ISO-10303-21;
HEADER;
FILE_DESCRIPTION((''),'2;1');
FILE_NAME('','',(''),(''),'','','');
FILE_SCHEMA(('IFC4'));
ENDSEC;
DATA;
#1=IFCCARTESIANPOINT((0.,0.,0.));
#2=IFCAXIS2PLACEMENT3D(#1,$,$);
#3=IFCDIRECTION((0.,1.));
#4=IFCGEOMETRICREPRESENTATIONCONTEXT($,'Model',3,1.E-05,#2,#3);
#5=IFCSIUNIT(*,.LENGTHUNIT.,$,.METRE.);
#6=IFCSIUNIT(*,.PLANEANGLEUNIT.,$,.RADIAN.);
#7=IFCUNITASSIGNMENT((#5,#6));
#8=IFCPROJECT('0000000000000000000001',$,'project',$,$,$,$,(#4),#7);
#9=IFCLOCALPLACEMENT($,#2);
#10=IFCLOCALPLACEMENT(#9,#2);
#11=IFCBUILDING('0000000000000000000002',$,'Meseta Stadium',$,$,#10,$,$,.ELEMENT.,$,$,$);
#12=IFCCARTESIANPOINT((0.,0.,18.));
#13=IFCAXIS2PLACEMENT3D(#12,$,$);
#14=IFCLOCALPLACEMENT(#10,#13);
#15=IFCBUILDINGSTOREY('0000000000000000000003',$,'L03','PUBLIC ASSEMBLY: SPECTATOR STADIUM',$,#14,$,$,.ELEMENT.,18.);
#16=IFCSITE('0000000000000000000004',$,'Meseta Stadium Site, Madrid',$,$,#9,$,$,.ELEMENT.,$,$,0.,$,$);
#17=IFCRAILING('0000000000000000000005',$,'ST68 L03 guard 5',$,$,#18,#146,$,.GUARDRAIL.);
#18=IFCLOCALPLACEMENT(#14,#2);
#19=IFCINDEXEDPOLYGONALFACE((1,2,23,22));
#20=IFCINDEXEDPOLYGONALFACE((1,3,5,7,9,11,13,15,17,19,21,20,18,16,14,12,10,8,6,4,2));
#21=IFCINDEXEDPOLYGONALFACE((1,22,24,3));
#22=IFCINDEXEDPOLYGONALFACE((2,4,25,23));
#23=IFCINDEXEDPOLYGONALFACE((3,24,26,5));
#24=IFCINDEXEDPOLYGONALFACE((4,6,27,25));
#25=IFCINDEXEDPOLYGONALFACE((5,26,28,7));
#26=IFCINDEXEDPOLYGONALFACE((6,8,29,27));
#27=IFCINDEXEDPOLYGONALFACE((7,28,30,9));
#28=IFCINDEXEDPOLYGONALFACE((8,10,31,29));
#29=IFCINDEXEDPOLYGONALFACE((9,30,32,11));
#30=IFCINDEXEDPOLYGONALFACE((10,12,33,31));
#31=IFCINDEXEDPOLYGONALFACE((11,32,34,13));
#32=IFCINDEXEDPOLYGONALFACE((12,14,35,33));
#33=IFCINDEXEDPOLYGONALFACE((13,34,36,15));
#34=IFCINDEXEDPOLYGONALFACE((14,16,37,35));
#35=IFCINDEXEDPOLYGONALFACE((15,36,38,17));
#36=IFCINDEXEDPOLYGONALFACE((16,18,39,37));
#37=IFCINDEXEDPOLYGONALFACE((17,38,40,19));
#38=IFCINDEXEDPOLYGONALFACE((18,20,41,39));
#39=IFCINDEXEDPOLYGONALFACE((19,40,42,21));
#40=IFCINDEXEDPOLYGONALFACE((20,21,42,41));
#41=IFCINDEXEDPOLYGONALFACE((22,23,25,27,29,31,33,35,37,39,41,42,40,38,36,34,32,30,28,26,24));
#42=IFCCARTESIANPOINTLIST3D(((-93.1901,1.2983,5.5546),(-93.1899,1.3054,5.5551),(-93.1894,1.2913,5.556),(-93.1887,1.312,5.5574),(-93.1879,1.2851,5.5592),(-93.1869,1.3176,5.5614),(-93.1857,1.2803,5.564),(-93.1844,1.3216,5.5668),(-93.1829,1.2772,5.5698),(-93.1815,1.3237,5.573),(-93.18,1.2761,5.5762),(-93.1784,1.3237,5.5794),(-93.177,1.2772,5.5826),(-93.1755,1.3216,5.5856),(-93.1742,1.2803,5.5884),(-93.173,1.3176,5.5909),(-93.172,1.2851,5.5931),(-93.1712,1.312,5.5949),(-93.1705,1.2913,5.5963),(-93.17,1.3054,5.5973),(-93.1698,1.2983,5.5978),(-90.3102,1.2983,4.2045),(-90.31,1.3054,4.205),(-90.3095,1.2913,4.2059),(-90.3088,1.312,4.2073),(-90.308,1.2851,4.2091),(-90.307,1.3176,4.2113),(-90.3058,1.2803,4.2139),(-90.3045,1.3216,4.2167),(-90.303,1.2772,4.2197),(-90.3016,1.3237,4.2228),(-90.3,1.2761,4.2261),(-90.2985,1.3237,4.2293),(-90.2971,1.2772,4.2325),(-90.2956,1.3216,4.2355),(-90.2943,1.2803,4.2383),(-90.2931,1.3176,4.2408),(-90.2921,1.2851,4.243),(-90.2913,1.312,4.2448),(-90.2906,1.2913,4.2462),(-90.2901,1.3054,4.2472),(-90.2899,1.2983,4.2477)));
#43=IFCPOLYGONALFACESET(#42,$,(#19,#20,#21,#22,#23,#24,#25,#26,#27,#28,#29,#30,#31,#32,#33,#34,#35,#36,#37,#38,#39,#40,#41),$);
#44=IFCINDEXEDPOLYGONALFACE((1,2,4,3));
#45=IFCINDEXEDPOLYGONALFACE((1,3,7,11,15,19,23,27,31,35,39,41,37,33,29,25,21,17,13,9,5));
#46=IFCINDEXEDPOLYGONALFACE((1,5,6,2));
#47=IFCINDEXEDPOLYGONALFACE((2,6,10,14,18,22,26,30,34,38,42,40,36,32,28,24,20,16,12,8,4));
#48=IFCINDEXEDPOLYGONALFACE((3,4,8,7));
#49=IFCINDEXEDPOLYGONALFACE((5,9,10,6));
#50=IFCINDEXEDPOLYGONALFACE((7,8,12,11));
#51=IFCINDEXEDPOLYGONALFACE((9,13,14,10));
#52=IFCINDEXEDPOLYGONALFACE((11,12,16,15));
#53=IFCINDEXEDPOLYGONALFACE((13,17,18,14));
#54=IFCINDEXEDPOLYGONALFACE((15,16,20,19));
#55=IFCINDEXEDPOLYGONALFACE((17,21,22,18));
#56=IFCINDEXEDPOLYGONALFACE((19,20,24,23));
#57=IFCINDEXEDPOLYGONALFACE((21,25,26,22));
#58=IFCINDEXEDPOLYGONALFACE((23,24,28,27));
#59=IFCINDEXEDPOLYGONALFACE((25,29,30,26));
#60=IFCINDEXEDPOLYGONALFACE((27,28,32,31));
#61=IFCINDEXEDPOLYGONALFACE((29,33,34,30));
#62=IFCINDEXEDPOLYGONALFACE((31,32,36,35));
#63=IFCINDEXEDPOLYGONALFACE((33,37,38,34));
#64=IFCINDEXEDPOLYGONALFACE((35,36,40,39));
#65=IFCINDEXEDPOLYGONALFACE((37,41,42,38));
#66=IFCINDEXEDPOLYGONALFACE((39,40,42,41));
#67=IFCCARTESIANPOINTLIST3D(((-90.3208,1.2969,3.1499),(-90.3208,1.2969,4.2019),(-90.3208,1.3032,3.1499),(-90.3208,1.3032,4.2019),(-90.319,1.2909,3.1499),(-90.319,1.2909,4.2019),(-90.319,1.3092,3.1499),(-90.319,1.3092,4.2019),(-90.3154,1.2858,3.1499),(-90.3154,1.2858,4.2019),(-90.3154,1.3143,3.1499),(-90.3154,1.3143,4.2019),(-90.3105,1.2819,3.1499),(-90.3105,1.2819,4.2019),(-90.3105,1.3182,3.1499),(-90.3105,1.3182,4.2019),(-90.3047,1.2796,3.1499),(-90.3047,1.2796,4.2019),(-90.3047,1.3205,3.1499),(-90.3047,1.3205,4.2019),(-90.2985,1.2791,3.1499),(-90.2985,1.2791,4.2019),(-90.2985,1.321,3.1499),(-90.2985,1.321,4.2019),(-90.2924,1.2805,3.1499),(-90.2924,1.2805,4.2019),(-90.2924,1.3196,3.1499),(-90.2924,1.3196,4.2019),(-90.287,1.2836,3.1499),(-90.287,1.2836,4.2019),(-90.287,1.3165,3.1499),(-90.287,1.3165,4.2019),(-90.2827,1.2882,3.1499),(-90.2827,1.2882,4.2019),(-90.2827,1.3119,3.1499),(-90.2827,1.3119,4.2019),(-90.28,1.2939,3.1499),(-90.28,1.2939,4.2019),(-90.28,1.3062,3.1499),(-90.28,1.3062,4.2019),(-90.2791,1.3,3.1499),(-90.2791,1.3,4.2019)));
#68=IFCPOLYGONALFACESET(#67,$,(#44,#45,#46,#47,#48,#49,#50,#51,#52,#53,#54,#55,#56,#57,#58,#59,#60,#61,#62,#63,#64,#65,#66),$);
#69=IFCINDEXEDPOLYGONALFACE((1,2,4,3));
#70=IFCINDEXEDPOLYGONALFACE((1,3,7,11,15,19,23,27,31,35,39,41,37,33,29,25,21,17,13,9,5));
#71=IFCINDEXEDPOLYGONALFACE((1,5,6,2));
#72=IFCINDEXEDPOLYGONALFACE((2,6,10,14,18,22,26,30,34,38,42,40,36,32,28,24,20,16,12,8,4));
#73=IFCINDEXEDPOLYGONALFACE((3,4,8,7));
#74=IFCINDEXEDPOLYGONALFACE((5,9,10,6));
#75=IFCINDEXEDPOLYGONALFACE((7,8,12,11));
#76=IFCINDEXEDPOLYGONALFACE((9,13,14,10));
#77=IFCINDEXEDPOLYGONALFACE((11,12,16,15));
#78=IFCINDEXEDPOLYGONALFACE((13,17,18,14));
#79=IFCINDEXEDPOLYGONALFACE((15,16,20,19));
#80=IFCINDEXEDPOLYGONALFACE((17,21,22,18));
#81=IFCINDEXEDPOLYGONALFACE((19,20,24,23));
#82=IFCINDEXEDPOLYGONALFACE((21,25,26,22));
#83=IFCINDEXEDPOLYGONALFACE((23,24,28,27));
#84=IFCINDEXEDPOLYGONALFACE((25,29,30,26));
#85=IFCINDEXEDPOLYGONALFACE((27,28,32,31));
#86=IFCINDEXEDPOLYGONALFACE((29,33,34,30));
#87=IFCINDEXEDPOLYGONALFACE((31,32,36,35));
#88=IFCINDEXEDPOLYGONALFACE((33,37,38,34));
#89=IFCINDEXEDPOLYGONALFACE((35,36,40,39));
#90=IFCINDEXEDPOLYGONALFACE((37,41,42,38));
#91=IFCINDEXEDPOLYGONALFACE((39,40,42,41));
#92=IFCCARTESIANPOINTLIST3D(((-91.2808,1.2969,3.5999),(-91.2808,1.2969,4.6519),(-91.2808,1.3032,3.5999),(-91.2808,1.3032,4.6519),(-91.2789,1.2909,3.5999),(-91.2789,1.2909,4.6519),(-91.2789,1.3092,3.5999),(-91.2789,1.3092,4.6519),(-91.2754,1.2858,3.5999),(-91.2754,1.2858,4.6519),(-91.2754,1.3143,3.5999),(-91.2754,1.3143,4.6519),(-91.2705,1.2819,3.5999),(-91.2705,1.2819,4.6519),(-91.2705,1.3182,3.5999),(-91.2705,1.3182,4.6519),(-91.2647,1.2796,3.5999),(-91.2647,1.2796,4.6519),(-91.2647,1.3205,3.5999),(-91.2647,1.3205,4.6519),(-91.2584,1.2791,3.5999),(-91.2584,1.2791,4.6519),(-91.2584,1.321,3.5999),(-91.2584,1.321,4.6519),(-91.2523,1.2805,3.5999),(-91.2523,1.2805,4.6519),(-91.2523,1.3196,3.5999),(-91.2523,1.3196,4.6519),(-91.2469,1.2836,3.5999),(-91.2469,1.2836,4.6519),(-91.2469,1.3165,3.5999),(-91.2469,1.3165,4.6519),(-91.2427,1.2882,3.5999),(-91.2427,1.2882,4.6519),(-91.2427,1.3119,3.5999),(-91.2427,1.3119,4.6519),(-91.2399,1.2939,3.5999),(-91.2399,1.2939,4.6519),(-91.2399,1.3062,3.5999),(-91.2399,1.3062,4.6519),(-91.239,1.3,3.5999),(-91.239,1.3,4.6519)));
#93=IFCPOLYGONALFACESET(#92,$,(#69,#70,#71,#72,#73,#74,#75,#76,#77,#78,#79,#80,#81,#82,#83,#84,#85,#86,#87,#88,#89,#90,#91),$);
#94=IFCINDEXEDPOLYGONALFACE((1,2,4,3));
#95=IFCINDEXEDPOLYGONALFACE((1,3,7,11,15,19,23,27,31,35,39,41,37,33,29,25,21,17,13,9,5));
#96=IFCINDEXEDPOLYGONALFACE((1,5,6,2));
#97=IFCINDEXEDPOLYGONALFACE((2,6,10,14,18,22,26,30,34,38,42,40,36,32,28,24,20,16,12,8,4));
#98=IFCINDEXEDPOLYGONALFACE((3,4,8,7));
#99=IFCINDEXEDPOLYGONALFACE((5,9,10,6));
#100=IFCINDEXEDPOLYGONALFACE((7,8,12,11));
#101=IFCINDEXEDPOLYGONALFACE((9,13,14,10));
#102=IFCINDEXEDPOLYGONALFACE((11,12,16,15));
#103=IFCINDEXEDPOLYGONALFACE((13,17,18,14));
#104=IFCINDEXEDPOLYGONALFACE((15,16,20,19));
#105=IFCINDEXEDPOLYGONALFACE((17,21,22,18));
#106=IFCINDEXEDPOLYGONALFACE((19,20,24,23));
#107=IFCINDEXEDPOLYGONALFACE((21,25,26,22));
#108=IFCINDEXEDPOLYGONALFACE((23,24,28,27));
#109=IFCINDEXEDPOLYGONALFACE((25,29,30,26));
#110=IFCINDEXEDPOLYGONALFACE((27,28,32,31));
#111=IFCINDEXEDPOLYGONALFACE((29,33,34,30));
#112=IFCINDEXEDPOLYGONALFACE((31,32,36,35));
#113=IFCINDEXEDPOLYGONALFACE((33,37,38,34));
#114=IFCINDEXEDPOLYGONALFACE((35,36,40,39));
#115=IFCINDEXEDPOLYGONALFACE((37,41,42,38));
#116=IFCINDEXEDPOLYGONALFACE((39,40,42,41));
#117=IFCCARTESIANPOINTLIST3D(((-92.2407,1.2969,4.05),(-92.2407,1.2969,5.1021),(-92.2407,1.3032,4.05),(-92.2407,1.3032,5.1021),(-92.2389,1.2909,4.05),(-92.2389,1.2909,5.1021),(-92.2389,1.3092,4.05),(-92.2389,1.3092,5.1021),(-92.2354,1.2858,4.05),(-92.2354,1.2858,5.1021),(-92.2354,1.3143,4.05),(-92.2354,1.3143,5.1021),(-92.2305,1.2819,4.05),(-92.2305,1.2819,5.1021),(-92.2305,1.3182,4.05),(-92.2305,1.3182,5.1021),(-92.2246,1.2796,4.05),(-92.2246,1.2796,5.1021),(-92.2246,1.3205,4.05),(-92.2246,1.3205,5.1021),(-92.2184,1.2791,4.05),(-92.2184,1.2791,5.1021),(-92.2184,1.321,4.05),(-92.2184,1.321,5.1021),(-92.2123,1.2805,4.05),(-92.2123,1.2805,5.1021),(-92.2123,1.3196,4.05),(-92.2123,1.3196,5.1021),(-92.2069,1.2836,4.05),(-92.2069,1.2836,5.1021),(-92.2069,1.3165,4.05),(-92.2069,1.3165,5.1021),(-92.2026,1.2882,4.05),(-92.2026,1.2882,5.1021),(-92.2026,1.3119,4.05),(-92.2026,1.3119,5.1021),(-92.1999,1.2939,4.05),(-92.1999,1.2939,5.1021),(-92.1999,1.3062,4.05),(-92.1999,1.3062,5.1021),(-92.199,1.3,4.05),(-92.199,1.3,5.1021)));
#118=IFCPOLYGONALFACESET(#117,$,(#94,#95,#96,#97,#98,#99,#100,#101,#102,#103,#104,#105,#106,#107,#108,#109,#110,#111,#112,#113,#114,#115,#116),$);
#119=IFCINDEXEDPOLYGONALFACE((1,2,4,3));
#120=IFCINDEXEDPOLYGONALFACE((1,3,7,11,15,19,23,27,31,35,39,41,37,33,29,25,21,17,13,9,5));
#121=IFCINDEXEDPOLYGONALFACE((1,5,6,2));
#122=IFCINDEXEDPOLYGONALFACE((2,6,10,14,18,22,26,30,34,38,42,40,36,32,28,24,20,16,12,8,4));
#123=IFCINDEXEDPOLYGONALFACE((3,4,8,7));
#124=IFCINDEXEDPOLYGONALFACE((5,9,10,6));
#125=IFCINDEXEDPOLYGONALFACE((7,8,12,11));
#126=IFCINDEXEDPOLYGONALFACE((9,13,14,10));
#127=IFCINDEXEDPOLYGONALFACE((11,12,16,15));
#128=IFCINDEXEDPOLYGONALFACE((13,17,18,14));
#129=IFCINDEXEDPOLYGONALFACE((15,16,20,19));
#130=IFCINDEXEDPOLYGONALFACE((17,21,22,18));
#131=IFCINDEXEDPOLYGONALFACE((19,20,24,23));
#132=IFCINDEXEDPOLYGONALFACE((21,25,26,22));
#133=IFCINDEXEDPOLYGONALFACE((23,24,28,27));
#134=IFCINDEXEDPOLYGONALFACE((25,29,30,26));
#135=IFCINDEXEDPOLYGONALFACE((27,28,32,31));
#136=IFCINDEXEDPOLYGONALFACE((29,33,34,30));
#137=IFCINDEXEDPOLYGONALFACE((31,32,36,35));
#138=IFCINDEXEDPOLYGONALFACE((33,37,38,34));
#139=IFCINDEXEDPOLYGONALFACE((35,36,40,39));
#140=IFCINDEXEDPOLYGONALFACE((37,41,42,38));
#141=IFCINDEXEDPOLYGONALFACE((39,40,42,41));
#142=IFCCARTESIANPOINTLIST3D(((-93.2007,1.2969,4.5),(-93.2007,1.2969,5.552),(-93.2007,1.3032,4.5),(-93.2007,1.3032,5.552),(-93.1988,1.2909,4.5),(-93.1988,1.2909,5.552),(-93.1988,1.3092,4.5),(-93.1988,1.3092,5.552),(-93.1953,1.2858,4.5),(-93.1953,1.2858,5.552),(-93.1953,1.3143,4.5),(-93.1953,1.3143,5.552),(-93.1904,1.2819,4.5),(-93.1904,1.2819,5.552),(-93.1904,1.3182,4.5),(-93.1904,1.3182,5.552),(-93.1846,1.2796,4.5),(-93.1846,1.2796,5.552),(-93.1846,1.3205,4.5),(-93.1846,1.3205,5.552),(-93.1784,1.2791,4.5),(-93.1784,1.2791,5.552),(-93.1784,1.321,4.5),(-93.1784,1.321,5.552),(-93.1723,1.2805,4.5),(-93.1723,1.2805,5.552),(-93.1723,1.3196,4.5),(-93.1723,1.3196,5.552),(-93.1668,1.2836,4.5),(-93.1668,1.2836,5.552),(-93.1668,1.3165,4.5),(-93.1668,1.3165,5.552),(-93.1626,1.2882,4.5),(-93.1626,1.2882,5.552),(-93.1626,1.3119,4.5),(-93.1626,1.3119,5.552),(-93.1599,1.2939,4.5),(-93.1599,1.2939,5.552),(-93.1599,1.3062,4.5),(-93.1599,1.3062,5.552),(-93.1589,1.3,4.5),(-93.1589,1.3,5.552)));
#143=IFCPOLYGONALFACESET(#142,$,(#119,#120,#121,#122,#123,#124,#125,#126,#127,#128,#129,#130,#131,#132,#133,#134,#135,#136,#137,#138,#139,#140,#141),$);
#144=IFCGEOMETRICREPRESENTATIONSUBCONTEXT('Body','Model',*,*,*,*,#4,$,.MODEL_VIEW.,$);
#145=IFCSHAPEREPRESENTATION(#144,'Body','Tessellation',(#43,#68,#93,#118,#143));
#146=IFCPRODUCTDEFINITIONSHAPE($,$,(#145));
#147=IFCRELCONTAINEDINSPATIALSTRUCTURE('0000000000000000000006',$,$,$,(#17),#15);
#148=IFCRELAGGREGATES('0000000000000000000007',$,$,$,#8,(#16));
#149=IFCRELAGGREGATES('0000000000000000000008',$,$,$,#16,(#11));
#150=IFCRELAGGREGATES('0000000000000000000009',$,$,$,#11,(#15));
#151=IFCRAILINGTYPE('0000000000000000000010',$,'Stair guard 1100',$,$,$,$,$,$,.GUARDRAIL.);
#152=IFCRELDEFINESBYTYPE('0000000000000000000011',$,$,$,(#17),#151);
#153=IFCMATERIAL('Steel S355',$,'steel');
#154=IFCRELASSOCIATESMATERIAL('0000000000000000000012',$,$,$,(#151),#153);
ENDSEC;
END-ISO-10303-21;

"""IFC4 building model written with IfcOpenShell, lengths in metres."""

from ifc_helpers import new_model, si_unit, direction, frame, origin, origin_2d, place, context, subcontext, project, spatial, circle, extrude, material, type_object, element, save


model = new_model("IFC4")

# Units and contexts
model_context = context("Model", 3, precision=1e-05, world=origin(), true_north=direction((0.0, 1.0)))
body_context = subcontext(model_context, "Body", "Model", "MODEL_VIEW")
ifc_project = project(units=[si_unit("LENGTHUNIT", "METRE"), si_unit("PLANEANGLEUNIT", "RADIAN")], contexts=[model_context])

# Site, building, storey
site_placement = place(None, origin())
site = spatial("IfcSite", under=ifc_project, at=site_placement, Name="Meseta Stadium Site, Madrid", CompositionType="ELEMENT", RefElevation=0.0)
building_placement = place(site_placement, origin())
building = spatial("IfcBuilding", under=site, at=building_placement, Name="Meseta Stadium", CompositionType="ELEMENT")
storey_placement = place(building_placement, frame((0.0, 0.0, 18.0)))
storey = spatial("IfcBuildingStorey", under=building, at=storey_placement, Name="L03", Description="PUBLIC ASSEMBLY: SPECTATOR STADIUM", CompositionType="ELEMENT", Elevation=18.0)

# Railing
ifc_material_1 = material(Name="Steel S355", Category="steel")
railing_type_1 = type_object("IfcRailingType", Name="Stair guard 1100", PredefinedType="GUARDRAIL", material=ifc_material_1)
railing_1_placement = place(storey_placement, frame((-90.3, 1.3, 3.1499)))
element("IfcRailing", 1, at=railing_1_placement, inside=storey, type_object=railing_type_1, Name="ST68 L03 guard 5", PredefinedType="GUARDRAIL", context=body_context, shape_type="SweptSolid", body=[
    extrude(circle(Radius=0.0239, at=origin_2d()), frame((0.0, 0.0, 1.0762), z_axis=(-0.90544, 0.0, 0.424473), x_axis=(0.0, -1.0, 0.0)), (0.0, 0.0, 1.0), 3.1807),
    extrude(circle(Radius=0.021, at=origin_2d()), origin(), (0.0, 0.0, 1.0), 1.052),
    extrude(circle(Radius=0.021, at=origin_2d()), frame((-0.96, 0.0, 0.45)), (0.0, 0.0, 1.0), 1.052),
    extrude(circle(Radius=0.021, at=origin_2d()), frame((-1.9199, 0.0, 0.9001)), (0.0, 0.0, 1.0), 1.052),
    extrude(circle(Radius=0.021, at=origin_2d()), frame((-2.8799, 0.0, 1.3501)), (0.0, 0.0, 1.0), 1.052),
])

save(model, "model.ifc")
